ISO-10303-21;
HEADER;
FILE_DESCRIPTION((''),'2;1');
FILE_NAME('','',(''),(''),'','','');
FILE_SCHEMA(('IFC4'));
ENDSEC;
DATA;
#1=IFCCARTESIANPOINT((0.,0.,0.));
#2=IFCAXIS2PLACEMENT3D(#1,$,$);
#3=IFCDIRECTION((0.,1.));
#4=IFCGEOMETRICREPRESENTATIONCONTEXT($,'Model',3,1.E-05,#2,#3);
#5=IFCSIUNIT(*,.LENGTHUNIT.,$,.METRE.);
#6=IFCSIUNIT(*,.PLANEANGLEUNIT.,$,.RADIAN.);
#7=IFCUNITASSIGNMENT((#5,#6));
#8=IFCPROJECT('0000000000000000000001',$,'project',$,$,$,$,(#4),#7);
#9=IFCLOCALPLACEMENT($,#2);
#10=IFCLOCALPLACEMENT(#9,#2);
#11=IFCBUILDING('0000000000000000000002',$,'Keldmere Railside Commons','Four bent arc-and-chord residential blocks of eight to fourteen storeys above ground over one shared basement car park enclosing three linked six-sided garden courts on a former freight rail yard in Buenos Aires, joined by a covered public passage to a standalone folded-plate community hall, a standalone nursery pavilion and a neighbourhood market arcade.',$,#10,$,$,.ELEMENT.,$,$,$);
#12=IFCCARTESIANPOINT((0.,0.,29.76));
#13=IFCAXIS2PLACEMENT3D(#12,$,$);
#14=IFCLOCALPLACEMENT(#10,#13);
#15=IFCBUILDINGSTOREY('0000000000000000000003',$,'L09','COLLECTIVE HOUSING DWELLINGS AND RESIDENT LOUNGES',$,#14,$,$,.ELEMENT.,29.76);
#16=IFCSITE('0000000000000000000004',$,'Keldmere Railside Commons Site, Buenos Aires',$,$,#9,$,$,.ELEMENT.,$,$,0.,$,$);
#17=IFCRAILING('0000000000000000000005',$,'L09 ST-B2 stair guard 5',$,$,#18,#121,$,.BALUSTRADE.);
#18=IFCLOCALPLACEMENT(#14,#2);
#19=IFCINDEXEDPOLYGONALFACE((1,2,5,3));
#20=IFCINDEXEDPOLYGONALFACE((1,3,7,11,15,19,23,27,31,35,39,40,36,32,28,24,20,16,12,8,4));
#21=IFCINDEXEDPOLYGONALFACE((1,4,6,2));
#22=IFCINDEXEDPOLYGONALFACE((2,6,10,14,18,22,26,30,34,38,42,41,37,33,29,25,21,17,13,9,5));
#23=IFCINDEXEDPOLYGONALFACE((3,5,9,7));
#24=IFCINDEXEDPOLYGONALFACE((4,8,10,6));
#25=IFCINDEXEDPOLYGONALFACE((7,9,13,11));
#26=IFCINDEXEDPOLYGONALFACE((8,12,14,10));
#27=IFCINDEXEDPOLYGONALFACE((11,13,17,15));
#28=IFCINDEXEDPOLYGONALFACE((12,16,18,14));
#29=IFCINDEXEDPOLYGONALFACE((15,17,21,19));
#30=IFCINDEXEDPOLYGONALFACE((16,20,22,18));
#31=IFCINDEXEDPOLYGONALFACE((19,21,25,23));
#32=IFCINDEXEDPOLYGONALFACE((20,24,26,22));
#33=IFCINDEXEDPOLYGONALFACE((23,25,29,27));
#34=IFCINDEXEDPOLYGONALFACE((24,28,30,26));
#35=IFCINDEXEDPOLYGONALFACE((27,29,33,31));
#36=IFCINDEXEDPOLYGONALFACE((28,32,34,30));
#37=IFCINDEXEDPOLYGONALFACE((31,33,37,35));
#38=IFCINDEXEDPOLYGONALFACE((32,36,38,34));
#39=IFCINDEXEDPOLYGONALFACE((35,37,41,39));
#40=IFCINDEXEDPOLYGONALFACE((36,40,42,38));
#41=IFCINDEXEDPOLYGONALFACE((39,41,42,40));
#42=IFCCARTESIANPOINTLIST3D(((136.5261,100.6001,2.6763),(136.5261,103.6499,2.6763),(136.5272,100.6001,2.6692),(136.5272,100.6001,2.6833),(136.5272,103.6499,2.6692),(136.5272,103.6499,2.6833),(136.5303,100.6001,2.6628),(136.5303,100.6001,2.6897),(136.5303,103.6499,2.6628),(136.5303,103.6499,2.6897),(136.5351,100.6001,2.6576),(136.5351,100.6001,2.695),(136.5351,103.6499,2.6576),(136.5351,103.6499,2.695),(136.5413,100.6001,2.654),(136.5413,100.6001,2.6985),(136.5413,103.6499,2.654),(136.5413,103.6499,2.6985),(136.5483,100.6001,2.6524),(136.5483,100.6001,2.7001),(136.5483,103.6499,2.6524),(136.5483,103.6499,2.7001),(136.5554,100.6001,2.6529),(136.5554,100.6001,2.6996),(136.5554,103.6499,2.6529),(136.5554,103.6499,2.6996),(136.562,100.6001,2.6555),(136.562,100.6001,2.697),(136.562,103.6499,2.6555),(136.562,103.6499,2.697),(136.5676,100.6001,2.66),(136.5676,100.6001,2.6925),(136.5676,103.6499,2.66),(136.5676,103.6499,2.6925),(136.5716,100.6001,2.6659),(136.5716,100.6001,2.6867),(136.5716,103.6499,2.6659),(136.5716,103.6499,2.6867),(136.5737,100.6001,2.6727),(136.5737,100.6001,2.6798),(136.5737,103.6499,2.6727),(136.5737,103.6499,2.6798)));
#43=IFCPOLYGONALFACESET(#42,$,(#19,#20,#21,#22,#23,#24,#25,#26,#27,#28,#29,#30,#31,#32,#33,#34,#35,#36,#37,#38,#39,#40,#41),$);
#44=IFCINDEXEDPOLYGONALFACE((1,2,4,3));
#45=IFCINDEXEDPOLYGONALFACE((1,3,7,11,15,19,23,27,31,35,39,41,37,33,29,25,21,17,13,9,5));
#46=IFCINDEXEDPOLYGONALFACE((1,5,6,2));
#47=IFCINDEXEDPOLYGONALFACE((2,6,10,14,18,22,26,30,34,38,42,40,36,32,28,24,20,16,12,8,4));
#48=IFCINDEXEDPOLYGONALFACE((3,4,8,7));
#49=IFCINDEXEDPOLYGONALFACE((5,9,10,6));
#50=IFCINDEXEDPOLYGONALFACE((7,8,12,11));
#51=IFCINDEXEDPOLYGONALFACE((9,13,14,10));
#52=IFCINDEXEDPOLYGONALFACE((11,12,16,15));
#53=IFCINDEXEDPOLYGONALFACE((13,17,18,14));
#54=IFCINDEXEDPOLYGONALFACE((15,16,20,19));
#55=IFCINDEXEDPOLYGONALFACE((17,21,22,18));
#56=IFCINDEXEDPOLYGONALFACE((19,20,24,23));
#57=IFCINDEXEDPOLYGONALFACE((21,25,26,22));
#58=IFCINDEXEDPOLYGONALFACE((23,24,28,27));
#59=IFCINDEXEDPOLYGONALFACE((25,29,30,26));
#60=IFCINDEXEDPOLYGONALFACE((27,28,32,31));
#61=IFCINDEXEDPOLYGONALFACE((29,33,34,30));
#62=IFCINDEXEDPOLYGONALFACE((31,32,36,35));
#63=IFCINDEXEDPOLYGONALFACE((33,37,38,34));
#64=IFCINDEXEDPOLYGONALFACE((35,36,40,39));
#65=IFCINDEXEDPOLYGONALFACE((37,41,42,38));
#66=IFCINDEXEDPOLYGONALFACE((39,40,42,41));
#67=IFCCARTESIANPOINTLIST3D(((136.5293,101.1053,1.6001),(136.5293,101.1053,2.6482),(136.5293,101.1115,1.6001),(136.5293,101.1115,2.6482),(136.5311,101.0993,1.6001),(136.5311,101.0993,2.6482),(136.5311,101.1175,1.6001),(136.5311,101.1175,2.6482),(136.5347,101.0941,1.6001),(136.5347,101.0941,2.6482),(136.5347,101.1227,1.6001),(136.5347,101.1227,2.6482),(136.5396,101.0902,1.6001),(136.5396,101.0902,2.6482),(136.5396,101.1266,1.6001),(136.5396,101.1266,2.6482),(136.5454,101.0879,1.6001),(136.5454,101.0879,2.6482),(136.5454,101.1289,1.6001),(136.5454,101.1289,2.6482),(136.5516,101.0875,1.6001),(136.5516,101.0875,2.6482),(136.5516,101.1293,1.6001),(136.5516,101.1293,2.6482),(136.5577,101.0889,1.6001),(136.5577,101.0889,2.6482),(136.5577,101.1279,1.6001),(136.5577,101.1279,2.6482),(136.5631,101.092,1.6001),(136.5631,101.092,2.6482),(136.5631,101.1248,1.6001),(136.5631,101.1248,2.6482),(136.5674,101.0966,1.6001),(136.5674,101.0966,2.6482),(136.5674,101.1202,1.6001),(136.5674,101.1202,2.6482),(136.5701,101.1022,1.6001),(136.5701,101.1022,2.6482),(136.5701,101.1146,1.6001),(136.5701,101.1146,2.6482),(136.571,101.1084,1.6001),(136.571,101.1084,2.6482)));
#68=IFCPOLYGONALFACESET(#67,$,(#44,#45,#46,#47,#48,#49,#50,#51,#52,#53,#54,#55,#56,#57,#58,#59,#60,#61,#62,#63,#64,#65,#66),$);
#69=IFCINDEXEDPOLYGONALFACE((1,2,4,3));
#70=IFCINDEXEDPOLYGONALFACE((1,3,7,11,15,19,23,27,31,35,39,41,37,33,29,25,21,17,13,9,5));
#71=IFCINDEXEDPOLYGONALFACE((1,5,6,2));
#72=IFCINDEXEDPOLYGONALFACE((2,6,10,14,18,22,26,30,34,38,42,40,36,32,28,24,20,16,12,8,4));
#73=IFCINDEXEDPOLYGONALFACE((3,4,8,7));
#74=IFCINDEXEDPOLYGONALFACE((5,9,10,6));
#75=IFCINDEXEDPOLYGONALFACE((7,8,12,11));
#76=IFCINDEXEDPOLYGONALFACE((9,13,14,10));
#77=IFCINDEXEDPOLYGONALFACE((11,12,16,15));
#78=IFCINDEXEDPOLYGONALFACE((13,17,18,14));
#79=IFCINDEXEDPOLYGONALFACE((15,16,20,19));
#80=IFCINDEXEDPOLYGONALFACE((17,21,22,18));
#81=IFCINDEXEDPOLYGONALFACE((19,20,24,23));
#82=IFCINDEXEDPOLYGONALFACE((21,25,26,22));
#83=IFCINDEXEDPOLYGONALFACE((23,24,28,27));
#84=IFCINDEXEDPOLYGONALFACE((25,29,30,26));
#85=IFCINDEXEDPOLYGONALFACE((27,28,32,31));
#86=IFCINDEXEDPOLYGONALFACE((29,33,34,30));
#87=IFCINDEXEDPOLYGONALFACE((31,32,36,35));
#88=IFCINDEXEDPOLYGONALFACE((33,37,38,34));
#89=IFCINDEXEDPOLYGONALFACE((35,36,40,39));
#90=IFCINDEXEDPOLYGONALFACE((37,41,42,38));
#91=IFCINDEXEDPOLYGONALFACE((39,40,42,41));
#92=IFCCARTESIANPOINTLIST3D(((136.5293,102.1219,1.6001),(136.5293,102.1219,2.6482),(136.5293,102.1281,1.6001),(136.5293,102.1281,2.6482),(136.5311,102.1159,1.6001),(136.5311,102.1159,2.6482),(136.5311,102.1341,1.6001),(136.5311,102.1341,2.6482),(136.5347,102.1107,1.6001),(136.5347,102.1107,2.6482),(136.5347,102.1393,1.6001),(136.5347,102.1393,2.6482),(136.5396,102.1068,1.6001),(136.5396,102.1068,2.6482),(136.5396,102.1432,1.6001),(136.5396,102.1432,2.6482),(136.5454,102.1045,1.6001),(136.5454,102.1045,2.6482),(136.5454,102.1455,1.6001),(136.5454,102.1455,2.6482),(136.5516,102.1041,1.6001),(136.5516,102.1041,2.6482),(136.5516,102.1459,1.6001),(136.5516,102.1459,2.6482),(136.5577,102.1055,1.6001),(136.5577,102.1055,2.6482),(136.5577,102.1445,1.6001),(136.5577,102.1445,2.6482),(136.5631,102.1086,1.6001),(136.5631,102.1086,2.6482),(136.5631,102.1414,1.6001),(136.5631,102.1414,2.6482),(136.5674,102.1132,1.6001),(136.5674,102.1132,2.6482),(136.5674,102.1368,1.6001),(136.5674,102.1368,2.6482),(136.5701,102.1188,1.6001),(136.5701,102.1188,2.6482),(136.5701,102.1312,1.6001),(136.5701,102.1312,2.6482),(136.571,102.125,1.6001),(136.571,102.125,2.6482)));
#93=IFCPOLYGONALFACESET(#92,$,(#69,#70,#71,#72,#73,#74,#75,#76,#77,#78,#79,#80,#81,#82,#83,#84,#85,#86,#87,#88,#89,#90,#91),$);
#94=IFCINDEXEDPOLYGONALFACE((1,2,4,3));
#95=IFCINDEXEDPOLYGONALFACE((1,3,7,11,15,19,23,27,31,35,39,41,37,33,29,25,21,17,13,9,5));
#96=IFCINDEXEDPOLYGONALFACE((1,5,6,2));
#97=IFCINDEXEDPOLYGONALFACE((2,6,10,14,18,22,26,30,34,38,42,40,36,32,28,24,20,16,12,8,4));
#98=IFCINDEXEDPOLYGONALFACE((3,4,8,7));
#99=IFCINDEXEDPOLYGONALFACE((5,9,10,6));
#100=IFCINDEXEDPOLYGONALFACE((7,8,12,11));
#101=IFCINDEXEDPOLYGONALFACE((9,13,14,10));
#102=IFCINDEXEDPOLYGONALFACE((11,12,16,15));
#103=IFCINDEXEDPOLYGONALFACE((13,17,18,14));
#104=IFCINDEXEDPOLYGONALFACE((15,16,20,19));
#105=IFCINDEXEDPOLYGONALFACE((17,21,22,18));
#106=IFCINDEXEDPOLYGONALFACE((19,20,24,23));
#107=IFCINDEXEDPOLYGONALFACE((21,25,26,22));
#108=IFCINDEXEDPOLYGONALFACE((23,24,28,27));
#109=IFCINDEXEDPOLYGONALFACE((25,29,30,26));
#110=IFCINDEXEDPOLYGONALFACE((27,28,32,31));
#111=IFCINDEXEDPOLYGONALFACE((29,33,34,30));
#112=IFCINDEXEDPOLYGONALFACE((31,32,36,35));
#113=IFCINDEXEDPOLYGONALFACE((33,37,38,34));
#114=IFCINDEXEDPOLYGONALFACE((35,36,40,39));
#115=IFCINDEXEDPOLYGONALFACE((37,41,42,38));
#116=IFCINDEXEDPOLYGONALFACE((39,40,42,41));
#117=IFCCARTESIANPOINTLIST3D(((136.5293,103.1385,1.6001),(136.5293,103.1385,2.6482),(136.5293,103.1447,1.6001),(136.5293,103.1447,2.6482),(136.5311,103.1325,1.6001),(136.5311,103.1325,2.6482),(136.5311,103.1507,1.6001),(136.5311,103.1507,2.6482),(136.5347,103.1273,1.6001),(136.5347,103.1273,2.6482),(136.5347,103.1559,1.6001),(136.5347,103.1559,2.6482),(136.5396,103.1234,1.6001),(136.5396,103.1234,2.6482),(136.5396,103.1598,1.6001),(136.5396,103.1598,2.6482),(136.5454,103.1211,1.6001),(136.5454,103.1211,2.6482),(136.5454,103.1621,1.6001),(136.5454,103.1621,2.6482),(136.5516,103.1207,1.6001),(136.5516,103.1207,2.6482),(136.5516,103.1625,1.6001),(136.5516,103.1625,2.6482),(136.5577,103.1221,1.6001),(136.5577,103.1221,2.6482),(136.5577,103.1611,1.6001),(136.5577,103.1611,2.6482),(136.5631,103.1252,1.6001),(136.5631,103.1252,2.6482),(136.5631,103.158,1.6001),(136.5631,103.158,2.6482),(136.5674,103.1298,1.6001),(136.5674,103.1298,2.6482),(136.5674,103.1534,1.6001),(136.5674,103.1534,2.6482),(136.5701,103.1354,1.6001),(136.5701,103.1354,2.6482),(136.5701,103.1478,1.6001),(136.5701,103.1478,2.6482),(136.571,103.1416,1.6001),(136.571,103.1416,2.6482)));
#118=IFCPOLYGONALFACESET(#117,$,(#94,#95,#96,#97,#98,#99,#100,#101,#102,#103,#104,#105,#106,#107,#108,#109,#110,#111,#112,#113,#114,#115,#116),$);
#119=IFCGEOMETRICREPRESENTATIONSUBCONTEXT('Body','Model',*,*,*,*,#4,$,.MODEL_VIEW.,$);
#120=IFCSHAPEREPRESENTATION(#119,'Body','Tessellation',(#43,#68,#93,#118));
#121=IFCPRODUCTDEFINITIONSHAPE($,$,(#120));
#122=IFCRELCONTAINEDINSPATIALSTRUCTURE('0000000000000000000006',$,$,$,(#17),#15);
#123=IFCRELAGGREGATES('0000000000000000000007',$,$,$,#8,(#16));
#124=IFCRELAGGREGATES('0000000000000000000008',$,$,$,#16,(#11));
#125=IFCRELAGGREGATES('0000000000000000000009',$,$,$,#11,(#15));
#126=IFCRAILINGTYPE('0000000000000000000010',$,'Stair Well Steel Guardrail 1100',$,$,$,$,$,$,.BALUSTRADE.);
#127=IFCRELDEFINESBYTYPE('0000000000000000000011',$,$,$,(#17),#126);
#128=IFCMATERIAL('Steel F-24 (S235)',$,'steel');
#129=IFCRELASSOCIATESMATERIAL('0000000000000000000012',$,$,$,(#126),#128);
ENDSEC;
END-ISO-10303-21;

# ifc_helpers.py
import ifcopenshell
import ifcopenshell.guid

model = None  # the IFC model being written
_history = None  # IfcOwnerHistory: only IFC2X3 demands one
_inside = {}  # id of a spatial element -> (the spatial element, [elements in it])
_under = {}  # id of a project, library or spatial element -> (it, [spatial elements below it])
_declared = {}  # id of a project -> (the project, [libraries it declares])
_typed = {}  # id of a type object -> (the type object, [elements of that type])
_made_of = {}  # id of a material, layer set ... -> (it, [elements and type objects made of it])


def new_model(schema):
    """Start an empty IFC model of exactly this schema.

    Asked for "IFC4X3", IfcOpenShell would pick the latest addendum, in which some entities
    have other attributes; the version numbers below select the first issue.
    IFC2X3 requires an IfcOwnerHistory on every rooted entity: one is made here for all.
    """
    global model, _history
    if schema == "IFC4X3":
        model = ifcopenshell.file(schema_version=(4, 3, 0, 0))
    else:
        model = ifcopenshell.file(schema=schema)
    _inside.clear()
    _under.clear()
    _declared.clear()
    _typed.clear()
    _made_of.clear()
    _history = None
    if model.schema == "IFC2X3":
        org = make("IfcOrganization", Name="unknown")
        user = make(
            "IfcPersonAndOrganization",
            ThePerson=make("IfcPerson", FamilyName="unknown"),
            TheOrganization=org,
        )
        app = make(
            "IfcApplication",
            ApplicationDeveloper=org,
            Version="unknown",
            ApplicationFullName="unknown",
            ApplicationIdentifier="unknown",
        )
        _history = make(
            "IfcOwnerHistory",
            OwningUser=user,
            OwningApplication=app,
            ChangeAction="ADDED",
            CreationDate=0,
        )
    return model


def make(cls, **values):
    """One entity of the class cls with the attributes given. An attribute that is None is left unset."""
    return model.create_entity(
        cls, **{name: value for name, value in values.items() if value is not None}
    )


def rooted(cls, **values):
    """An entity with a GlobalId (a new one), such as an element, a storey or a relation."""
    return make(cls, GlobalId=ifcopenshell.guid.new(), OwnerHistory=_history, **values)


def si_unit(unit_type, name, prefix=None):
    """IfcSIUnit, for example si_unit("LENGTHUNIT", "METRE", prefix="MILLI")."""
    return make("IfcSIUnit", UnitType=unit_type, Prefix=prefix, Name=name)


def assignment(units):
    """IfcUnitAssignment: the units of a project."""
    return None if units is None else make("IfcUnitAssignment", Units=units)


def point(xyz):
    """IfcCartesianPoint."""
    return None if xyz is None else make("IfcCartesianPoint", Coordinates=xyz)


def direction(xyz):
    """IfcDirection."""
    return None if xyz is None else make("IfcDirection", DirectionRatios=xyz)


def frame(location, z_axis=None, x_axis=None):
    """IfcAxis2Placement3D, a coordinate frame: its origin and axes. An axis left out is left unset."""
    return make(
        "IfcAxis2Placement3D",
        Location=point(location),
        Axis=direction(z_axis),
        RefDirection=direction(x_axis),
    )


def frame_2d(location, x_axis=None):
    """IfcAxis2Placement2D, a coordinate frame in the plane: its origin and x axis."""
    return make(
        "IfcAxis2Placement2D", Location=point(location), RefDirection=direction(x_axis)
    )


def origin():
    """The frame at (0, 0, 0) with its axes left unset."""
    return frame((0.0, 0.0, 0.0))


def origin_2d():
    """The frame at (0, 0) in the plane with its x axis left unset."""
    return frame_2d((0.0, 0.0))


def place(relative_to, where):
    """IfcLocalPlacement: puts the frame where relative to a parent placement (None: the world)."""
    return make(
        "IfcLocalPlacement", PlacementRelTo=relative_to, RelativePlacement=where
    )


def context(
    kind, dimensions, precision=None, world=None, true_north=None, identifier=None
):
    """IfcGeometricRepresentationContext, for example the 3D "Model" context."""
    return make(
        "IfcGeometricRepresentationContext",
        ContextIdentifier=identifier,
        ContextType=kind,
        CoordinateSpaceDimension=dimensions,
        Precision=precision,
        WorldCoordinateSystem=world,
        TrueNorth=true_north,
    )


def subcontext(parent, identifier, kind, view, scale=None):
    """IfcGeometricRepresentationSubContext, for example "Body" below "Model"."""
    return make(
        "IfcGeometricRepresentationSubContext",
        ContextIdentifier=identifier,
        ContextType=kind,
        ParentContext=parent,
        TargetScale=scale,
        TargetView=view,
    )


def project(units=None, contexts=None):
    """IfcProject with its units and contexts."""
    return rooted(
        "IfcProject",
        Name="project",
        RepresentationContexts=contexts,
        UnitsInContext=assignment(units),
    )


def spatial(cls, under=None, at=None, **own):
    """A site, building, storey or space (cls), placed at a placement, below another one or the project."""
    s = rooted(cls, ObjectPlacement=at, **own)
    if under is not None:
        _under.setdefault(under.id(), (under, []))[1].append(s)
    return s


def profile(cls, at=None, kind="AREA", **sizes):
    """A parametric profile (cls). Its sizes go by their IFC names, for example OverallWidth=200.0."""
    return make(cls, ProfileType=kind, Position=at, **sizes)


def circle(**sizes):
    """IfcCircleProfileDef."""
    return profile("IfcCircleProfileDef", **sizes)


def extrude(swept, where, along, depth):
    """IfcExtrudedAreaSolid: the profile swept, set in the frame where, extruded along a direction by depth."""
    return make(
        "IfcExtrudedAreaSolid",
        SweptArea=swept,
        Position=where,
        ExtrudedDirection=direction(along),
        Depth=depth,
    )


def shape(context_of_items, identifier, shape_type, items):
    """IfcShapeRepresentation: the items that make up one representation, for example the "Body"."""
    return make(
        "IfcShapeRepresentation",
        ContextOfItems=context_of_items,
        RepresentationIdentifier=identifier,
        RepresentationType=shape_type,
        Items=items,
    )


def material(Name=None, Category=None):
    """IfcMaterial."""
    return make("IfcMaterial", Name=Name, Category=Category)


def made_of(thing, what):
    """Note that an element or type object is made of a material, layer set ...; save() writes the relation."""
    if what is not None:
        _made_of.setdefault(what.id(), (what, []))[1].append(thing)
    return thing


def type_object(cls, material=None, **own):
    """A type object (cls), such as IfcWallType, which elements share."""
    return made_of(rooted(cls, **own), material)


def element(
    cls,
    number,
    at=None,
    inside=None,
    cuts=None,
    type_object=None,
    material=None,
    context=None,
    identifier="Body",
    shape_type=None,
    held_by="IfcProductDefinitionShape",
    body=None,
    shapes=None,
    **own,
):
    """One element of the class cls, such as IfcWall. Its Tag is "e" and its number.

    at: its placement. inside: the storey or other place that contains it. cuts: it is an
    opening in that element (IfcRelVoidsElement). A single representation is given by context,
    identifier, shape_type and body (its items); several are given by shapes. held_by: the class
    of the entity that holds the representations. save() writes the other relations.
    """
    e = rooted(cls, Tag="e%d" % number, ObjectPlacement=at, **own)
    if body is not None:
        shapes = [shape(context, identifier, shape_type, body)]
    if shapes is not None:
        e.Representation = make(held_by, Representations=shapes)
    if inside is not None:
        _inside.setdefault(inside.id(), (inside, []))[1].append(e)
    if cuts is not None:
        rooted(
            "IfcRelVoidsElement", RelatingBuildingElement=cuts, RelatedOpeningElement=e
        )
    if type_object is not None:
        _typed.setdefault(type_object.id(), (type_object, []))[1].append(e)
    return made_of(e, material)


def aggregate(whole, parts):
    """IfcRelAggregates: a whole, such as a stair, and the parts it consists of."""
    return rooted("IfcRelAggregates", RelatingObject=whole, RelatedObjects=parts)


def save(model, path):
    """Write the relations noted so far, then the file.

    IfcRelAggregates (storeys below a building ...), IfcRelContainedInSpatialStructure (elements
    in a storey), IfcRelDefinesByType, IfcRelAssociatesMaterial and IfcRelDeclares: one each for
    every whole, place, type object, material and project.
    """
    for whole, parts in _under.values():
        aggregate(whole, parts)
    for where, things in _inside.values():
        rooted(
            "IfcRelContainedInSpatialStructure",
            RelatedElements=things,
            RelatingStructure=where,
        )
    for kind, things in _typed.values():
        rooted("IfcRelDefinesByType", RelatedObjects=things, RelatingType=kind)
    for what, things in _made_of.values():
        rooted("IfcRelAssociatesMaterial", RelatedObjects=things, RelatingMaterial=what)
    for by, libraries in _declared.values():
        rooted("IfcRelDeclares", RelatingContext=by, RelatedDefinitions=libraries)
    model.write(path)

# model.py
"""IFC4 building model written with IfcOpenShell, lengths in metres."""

from ifc_helpers import new_model, si_unit, direction, frame, origin, origin_2d, place, context, subcontext, project, spatial, circle, extrude, material, type_object, element, save


model = new_model("IFC4")

# Units and contexts
model_context = context("Model", 3, precision=1e-05, world=origin(), true_north=direction((0.0, 1.0)))
body_context = subcontext(model_context, "Body", "Model", "MODEL_VIEW")
ifc_project = project(units=[si_unit("LENGTHUNIT", "METRE"), si_unit("PLANEANGLEUNIT", "RADIAN")], contexts=[model_context])

# Site, building, storey
site_placement = place(None, origin())
site = spatial("IfcSite", under=ifc_project, at=site_placement, Name="Keldmere Railside Commons Site, Buenos Aires", CompositionType="ELEMENT", RefElevation=0.0)
building_placement = place(site_placement, origin())
building = spatial("IfcBuilding", under=site, at=building_placement, Name="Keldmere Railside Commons", Description="Four bent arc-and-chord residential blocks of eight to fourteen storeys above ground over one shared basement car park enclosing three linked six-sided garden courts on a former freight rail yard in Buenos Aires, joined by a covered public passage to a standalone folded-plate community hall, a standalone nursery pavilion and a neighbourhood market arcade.", CompositionType="ELEMENT")
storey_placement = place(building_placement, frame((0.0, 0.0, 29.76)))
storey = spatial("IfcBuildingStorey", under=building, at=storey_placement, Name="L09", Description="COLLECTIVE HOUSING DWELLINGS AND RESIDENT LOUNGES", CompositionType="ELEMENT", Elevation=29.76)

# Railing
ifc_material_1 = material(Name="Steel F-24 (S235)", Category="steel")
railing_type_1 = type_object("IfcRailingType", Name="Stair Well Steel Guardrail 1100", PredefinedType="BALUSTRADE", material=ifc_material_1)
railing_1_placement = place(storey_placement, frame((136.55, 100.6001, 1.6001)))
element("IfcRailing", 1, at=railing_1_placement, inside=storey, type_object=railing_type_1, Name="L09 ST-B2 stair guard 5", PredefinedType="BALUSTRADE", context=body_context, shape_type="SweptSolid", body=[
    extrude(circle(Radius=0.0239, at=origin_2d()), frame((0.0, 0.0, 1.0762), z_axis=(0.0, 1.0, 0.0), x_axis=(-1.0, 0.0, 0.0)), (0.0, 0.0, 1.0), 3.0498),
    extrude(circle(Radius=0.021, at=origin_2d()), frame((0.0, 0.5083, 0.0)), (0.0, 0.0, 1.0), 1.0481),
    extrude(circle(Radius=0.021, at=origin_2d()), frame((0.0, 1.5249, 0.0)), (0.0, 0.0, 1.0), 1.0481),
    extrude(circle(Radius=0.021, at=origin_2d()), frame((0.0, 2.5415, 0.0)), (0.0, 0.0, 1.0), 1.0481),
])

save(model, "model.ifc")
